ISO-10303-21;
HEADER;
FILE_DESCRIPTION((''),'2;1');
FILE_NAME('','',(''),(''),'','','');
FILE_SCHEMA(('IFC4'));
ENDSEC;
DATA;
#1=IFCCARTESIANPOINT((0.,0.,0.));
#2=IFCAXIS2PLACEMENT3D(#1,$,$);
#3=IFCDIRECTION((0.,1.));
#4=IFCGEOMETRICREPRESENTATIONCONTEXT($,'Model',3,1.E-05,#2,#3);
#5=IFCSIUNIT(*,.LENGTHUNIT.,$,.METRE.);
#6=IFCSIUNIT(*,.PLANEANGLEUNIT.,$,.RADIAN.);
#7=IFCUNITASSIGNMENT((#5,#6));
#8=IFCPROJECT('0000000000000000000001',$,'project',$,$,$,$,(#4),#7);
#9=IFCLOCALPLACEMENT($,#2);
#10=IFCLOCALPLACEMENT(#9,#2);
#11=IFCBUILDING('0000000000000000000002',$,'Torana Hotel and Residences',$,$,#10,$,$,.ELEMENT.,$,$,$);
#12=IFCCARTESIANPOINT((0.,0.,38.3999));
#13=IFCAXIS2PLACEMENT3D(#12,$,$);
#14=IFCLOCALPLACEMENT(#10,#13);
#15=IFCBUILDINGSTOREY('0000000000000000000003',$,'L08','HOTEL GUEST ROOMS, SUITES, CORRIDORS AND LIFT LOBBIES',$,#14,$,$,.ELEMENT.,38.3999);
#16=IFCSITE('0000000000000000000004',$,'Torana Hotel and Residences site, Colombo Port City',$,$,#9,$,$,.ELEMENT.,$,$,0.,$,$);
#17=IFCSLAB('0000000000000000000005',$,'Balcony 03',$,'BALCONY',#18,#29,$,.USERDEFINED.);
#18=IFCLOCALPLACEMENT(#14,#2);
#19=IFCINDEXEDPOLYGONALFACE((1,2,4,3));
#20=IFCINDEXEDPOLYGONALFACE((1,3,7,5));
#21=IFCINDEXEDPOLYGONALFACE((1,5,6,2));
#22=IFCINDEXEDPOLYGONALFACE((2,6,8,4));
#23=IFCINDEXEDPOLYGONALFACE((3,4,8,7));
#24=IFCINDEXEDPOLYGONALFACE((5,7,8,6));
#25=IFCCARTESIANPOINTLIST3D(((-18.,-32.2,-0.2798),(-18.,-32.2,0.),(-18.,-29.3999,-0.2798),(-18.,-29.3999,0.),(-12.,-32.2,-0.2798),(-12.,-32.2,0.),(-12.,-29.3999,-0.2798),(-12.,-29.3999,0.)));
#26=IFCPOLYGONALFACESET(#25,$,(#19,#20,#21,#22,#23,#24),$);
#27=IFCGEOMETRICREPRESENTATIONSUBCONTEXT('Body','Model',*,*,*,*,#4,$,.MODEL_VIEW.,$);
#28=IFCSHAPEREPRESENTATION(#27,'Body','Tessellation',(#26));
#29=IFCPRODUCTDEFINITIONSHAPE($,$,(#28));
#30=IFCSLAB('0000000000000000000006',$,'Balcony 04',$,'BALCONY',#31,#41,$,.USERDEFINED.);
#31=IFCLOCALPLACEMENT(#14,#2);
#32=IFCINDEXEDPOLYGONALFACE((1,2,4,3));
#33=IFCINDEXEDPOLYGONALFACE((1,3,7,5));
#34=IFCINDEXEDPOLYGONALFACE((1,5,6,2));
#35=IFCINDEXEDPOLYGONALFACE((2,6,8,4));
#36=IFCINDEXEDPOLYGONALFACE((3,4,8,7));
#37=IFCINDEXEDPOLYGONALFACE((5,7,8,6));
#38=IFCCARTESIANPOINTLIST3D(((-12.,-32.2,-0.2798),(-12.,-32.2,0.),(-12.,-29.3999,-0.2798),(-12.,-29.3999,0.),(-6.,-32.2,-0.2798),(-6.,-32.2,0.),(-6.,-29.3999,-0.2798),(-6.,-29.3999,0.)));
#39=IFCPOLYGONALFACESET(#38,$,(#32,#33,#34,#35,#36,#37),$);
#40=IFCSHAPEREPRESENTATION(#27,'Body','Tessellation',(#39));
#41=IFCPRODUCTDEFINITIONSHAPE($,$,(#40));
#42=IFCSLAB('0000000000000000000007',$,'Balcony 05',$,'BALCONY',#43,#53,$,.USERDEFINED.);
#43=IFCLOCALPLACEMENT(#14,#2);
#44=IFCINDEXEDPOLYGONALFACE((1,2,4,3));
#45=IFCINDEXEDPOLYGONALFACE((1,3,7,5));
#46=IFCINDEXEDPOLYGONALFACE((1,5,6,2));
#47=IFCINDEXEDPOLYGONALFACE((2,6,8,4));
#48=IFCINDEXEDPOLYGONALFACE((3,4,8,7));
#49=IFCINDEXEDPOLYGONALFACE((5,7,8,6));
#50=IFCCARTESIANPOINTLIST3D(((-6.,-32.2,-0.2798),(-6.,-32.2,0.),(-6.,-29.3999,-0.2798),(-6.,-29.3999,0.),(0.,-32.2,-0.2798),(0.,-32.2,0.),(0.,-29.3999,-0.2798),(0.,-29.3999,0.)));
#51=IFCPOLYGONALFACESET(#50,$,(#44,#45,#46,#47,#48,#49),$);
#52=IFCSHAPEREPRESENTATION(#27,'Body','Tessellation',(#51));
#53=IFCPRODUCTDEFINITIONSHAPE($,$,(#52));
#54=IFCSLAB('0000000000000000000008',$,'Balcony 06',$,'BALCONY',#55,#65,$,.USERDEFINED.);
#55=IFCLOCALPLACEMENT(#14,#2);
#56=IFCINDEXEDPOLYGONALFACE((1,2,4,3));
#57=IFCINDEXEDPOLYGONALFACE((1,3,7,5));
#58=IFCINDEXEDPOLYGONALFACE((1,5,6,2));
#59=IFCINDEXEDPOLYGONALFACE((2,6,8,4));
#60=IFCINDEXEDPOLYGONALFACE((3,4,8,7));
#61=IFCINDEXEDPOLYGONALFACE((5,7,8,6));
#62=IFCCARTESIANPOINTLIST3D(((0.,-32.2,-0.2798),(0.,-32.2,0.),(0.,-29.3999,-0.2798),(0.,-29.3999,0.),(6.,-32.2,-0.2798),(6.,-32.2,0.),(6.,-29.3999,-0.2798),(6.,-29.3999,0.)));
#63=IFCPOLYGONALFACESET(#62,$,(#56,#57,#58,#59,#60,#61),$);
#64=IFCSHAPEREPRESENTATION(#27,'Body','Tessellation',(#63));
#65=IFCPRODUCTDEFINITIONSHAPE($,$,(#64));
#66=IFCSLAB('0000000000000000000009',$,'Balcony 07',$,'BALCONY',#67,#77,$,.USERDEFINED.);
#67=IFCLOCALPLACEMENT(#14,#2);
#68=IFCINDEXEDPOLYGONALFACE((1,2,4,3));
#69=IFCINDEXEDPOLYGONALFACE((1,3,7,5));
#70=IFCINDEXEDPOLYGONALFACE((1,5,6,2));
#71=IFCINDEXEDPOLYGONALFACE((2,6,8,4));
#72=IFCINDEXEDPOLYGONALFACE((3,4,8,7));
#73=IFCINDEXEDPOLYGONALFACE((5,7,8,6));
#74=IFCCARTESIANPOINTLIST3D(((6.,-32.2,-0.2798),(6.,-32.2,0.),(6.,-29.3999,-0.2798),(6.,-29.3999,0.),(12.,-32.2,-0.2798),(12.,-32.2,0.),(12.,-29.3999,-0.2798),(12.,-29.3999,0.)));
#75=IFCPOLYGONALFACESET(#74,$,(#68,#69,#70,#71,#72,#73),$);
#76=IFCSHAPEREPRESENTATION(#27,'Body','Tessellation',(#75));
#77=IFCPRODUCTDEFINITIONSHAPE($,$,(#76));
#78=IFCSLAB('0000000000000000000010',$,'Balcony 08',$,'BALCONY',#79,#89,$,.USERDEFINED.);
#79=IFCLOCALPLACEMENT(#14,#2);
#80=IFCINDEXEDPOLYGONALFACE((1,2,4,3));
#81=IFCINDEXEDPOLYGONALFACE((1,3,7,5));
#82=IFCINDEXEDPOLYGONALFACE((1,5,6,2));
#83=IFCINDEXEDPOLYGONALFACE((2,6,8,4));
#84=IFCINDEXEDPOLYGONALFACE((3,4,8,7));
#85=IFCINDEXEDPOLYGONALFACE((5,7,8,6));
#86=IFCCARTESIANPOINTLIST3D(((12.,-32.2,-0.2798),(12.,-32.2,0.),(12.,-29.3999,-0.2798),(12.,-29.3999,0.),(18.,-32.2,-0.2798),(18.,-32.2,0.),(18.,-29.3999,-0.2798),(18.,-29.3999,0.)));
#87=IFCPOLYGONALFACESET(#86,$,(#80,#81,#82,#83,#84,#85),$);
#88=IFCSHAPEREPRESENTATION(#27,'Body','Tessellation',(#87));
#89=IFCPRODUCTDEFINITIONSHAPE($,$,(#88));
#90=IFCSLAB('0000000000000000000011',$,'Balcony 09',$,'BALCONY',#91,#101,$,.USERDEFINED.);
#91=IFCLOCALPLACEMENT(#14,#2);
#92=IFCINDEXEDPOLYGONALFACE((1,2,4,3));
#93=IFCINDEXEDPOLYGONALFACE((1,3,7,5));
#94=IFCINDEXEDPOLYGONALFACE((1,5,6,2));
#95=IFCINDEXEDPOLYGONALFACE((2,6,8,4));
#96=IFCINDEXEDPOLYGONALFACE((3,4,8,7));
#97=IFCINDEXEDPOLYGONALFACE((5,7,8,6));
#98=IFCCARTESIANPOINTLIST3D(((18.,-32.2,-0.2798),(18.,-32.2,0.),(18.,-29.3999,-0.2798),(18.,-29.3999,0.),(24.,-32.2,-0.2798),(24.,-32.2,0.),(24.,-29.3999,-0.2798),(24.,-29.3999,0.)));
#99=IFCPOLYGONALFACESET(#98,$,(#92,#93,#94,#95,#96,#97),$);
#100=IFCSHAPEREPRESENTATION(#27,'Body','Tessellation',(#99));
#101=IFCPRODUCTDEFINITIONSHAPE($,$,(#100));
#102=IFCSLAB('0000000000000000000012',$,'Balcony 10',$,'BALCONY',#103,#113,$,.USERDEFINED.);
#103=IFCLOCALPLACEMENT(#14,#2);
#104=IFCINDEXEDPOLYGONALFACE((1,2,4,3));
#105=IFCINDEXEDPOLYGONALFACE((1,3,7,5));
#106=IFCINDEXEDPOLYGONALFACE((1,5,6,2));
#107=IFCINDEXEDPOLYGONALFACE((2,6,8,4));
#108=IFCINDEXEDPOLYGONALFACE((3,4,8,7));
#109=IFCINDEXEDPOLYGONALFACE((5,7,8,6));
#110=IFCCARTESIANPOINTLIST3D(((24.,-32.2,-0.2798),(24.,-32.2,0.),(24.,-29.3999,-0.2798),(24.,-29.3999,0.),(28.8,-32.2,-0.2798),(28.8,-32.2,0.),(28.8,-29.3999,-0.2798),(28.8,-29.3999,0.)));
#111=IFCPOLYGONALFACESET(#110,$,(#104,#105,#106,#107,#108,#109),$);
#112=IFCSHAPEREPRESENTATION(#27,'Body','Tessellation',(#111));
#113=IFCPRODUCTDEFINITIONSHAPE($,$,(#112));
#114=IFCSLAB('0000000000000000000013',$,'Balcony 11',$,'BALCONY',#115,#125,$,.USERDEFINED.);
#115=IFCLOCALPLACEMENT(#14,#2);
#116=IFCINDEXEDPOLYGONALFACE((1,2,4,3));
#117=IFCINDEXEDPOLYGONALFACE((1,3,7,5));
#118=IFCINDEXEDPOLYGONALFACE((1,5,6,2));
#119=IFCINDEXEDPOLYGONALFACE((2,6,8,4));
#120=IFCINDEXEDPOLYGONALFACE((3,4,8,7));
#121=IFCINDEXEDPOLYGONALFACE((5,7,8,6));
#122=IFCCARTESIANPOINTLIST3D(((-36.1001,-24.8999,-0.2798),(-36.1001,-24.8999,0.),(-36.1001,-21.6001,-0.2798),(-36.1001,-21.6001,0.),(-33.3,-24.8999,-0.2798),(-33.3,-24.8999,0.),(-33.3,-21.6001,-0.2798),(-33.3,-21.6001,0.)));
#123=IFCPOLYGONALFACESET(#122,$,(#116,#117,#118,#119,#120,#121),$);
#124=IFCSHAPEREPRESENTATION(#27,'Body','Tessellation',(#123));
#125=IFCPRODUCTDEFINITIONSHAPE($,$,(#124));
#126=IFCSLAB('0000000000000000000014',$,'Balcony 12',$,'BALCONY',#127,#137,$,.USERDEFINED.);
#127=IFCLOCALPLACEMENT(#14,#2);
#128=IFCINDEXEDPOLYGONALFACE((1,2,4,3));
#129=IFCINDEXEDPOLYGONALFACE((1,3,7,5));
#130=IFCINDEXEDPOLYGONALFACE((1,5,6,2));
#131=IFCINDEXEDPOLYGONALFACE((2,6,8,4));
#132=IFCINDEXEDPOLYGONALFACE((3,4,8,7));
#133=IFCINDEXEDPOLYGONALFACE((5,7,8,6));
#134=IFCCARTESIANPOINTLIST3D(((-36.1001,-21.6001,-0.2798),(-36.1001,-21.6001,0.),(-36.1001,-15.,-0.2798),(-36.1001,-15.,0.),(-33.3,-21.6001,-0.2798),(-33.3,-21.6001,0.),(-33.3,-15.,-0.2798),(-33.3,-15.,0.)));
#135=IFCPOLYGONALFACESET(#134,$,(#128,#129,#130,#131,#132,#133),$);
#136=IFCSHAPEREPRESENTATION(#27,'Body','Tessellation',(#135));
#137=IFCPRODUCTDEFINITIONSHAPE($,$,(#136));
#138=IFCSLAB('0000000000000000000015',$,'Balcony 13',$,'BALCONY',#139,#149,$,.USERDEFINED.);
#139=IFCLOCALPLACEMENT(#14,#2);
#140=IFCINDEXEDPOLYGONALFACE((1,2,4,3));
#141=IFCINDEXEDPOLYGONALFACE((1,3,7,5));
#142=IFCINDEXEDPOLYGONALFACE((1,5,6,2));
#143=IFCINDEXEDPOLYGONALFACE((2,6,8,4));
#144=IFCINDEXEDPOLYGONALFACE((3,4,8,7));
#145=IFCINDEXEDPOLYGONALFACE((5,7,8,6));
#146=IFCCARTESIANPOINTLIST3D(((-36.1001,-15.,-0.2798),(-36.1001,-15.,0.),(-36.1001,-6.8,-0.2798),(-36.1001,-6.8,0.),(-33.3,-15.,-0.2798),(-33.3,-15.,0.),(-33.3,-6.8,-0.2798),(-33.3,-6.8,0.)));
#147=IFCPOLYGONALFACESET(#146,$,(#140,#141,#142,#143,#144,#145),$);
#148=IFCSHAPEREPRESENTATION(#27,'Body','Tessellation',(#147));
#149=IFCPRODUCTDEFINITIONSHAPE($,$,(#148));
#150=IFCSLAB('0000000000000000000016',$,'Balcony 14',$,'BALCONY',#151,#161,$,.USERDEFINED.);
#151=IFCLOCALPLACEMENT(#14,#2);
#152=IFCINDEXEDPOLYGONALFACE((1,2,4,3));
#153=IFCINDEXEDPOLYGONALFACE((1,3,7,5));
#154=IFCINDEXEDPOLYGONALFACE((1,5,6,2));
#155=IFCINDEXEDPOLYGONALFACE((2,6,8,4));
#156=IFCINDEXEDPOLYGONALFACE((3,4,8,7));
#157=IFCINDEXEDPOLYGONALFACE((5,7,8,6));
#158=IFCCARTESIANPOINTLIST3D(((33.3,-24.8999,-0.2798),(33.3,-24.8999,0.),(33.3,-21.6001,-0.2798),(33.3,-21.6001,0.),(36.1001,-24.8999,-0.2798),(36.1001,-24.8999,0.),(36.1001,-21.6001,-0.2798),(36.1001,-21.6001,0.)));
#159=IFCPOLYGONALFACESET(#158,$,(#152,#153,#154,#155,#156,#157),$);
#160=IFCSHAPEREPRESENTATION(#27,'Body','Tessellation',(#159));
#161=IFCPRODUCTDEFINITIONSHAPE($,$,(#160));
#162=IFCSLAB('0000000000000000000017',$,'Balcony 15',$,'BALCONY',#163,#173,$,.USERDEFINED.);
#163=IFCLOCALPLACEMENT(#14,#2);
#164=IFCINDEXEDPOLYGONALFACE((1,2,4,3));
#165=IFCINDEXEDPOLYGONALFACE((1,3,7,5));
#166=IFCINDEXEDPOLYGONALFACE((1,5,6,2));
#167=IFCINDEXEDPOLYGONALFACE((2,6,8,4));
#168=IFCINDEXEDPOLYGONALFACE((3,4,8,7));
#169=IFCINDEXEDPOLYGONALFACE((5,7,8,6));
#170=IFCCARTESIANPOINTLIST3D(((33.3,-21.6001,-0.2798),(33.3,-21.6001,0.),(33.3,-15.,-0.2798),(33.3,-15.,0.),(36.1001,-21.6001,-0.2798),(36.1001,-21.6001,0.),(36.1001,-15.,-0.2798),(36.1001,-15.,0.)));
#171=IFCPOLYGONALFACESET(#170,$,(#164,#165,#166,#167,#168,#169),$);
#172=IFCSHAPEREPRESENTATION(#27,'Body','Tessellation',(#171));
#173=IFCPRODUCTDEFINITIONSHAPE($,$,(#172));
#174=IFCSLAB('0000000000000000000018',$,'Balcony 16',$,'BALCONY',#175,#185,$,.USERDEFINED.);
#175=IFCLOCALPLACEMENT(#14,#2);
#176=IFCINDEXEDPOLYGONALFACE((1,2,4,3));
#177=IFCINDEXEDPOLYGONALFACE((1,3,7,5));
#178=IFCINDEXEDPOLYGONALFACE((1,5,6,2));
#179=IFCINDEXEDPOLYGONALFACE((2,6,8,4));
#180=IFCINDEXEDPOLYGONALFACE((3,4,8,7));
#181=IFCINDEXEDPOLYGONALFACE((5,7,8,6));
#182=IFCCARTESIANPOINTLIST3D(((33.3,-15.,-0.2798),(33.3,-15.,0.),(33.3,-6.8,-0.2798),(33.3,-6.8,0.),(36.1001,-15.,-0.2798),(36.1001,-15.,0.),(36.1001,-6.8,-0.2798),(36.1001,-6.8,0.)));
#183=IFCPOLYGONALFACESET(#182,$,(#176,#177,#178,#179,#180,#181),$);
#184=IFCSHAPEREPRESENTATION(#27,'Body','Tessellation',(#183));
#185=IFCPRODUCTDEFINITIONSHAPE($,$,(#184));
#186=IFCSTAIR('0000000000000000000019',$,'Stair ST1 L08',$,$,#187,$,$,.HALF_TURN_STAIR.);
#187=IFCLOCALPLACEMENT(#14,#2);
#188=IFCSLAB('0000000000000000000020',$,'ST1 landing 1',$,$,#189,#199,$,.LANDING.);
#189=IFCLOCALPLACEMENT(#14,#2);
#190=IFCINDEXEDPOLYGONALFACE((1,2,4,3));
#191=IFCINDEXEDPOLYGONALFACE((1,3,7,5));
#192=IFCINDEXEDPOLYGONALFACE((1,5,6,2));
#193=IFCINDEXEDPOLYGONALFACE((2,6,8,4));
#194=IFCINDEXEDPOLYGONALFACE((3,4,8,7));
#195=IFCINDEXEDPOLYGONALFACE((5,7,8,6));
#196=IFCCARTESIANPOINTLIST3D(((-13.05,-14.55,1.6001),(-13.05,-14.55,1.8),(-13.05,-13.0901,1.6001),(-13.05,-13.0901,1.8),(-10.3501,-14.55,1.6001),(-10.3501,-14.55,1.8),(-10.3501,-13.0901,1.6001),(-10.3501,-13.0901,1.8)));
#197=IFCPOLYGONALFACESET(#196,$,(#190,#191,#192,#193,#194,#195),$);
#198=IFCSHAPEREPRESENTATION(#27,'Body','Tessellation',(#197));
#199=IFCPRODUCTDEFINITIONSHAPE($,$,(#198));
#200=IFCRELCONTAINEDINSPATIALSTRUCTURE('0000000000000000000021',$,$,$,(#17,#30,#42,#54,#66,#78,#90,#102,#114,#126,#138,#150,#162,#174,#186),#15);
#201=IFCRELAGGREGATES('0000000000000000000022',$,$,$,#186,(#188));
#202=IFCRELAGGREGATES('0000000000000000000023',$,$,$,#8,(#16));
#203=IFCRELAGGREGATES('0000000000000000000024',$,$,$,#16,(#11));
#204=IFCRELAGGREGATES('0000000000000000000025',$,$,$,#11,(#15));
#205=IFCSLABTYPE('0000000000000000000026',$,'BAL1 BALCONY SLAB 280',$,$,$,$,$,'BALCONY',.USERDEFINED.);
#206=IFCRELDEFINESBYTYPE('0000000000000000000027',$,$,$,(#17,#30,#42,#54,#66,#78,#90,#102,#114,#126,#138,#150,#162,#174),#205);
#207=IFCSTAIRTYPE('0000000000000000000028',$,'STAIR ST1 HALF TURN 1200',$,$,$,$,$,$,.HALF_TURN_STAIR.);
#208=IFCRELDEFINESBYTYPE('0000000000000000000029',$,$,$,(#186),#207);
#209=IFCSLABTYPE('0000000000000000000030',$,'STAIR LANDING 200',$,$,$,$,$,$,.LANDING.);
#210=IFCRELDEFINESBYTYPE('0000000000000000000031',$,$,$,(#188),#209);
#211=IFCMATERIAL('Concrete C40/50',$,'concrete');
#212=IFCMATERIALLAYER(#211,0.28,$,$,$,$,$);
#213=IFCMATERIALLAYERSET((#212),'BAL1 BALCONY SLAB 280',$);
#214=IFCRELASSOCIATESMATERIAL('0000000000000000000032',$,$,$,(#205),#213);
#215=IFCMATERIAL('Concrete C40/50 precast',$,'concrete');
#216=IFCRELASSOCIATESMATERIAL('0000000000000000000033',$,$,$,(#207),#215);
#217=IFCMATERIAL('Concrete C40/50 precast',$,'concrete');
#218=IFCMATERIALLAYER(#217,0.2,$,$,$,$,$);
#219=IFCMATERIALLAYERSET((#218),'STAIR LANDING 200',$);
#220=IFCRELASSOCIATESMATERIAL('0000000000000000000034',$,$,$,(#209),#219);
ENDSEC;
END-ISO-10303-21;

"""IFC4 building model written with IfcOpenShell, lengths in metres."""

from ifc_helpers import new_model, si_unit, direction, frame, origin, place, context, subcontext, project, spatial, polyline, outline, extrude, material, layer, layer_set, type_object, element, aggregate, save


model = new_model("IFC4")

# Units and contexts
model_context = context("Model", 3, precision=1e-05, world=origin(), true_north=direction((0.0, 1.0)))
body_context = subcontext(model_context, "Body", "Model", "MODEL_VIEW")
ifc_project = project(units=[si_unit("LENGTHUNIT", "METRE"), si_unit("PLANEANGLEUNIT", "RADIAN")], contexts=[model_context])

# Site, building, storey
site_placement = place(None, origin())
site = spatial("IfcSite", under=ifc_project, at=site_placement, Name="Torana Hotel and Residences site, Colombo Port City", CompositionType="ELEMENT", RefElevation=0.0)
building_placement = place(site_placement, origin())
building = spatial("IfcBuilding", under=site, at=building_placement, Name="Torana Hotel and Residences", CompositionType="ELEMENT")
storey_placement = place(building_placement, frame((0.0, 0.0, 38.3999)))
storey = spatial("IfcBuildingStorey", under=building, at=storey_placement, Name="L08", Description="HOTEL GUEST ROOMS, SUITES, CORRIDORS AND LIFT LOBBIES", CompositionType="ELEMENT", Elevation=38.3999)

# Slabs
ifc_material_1 = material(Name="Concrete C40/50", Category="concrete")
ifc_layer_1 = layer(ifc_material_1, 0.28)
ifc_layer_set_1 = layer_set([ifc_layer_1], Name="BAL1 BALCONY SLAB 280")
slab_type_1 = type_object("IfcSlabType", Name="BAL1 BALCONY SLAB 280", ElementType="BALCONY", PredefinedType="USERDEFINED", material=ifc_layer_set_1)
slab_1_placement = place(storey_placement, frame((0.0, 0.0, -0.2798)))
element("IfcSlab", 1, at=slab_1_placement, inside=storey, type_object=slab_type_1, Name="Balcony 03", ObjectType="BALCONY", PredefinedType="USERDEFINED", context=body_context, shape_type="SweptSolid", body=[
    extrude(outline(polyline([(-18.0, -32.2), (-12.0, -32.2), (-12.0, -29.3999), (-18.0, -29.3999), (-18.0, -32.2)])), origin(), (0.0, 0.0, 1.0), 0.2798),
])
slab_2_placement = place(storey_placement, frame((0.0, 0.0, -0.2798)))
element("IfcSlab", 2, at=slab_2_placement, inside=storey, type_object=slab_type_1, Name="Balcony 04", ObjectType="BALCONY", PredefinedType="USERDEFINED", context=body_context, shape_type="SweptSolid", body=[
    extrude(outline(polyline([(-12.0, -32.2), (-6.0, -32.2), (-6.0, -29.3999), (-12.0, -29.3999), (-12.0, -32.2)])), origin(), (0.0, 0.0, 1.0), 0.2798),
])
slab_3_placement = place(storey_placement, frame((0.0, 0.0, -0.2798)))
element("IfcSlab", 3, at=slab_3_placement, inside=storey, type_object=slab_type_1, Name="Balcony 05", ObjectType="BALCONY", PredefinedType="USERDEFINED", context=body_context, shape_type="SweptSolid", body=[
    extrude(outline(polyline([(-6.0, -32.2), (0.0, -32.2), (0.0, -29.3999), (-6.0, -29.3999), (-6.0, -32.2)])), origin(), (0.0, 0.0, 1.0), 0.2798),
])
slab_4_placement = place(storey_placement, frame((0.0, 0.0, -0.2798)))
element("IfcSlab", 4, at=slab_4_placement, inside=storey, type_object=slab_type_1, Name="Balcony 06", ObjectType="BALCONY", PredefinedType="USERDEFINED", context=body_context, shape_type="SweptSolid", body=[
    extrude(outline(polyline([(0.0, -32.2), (6.0, -32.2), (6.0, -29.3999), (0.0, -29.3999), (0.0, -32.2)])), origin(), (0.0, 0.0, 1.0), 0.2798),
])
slab_5_placement = place(storey_placement, frame((0.0, 0.0, -0.2798)))
element("IfcSlab", 5, at=slab_5_placement, inside=storey, type_object=slab_type_1, Name="Balcony 07", ObjectType="BALCONY", PredefinedType="USERDEFINED", context=body_context, shape_type="SweptSolid", body=[
    extrude(outline(polyline([(6.0, -32.2), (12.0, -32.2), (12.0, -29.3999), (6.0, -29.3999), (6.0, -32.2)])), origin(), (0.0, 0.0, 1.0), 0.2798),
])
slab_6_placement = place(storey_placement, frame((0.0, 0.0, -0.2798)))
element("IfcSlab", 6, at=slab_6_placement, inside=storey, type_object=slab_type_1, Name="Balcony 08", ObjectType="BALCONY", PredefinedType="USERDEFINED", context=body_context, shape_type="SweptSolid", body=[
    extrude(outline(polyline([(12.0, -32.2), (18.0, -32.2), (18.0, -29.3999), (12.0, -29.3999), (12.0, -32.2)])), origin(), (0.0, 0.0, 1.0), 0.2798),
])
slab_7_placement = place(storey_placement, frame((0.0, 0.0, -0.2798)))
element("IfcSlab", 7, at=slab_7_placement, inside=storey, type_object=slab_type_1, Name="Balcony 09", ObjectType="BALCONY", PredefinedType="USERDEFINED", context=body_context, shape_type="SweptSolid", body=[
    extrude(outline(polyline([(18.0, -32.2), (24.0, -32.2), (24.0, -29.3999), (18.0, -29.3999), (18.0, -32.2)])), origin(), (0.0, 0.0, 1.0), 0.2798),
])
slab_8_placement = place(storey_placement, frame((0.0, 0.0, -0.2798)))
element("IfcSlab", 8, at=slab_8_placement, inside=storey, type_object=slab_type_1, Name="Balcony 10", ObjectType="BALCONY", PredefinedType="USERDEFINED", context=body_context, shape_type="SweptSolid", body=[
    extrude(outline(polyline([(24.0, -32.2), (28.8, -32.2), (28.8, -29.3999), (24.0, -29.3999), (24.0, -32.2)])), origin(), (0.0, 0.0, 1.0), 0.2798),
])
slab_9_placement = place(storey_placement, frame((0.0, 0.0, -0.2798)))
element("IfcSlab", 9, at=slab_9_placement, inside=storey, type_object=slab_type_1, Name="Balcony 11", ObjectType="BALCONY", PredefinedType="USERDEFINED", context=body_context, shape_type="SweptSolid", body=[
    extrude(outline(polyline([(-36.1001, -24.8999), (-33.3, -24.8999), (-33.3, -21.6001), (-36.1001, -21.6001), (-36.1001, -24.8999)])), origin(), (0.0, 0.0, 1.0), 0.2798),
])
slab_10_placement = place(storey_placement, frame((0.0, 0.0, -0.2798)))
element("IfcSlab", 10, at=slab_10_placement, inside=storey, type_object=slab_type_1, Name="Balcony 12", ObjectType="BALCONY", PredefinedType="USERDEFINED", context=body_context, shape_type="SweptSolid", body=[
    extrude(outline(polyline([(-36.1001, -21.6001), (-33.3, -21.6001), (-33.3, -15.0), (-36.1001, -15.0), (-36.1001, -21.6001)])), origin(), (0.0, 0.0, 1.0), 0.2798),
])
slab_11_placement = place(storey_placement, frame((0.0, 0.0, -0.2798)))
element("IfcSlab", 11, at=slab_11_placement, inside=storey, type_object=slab_type_1, Name="Balcony 13", ObjectType="BALCONY", PredefinedType="USERDEFINED", context=body_context, shape_type="SweptSolid", body=[
    extrude(outline(polyline([(-36.1001, -15.0), (-33.3, -15.0), (-33.3, -6.8), (-36.1001, -6.8), (-36.1001, -15.0)])), origin(), (0.0, 0.0, 1.0), 0.2798),
])
slab_12_placement = place(storey_placement, frame((0.0, 0.0, -0.2798)))
element("IfcSlab", 12, at=slab_12_placement, inside=storey, type_object=slab_type_1, Name="Balcony 14", ObjectType="BALCONY", PredefinedType="USERDEFINED", context=body_context, shape_type="SweptSolid", body=[
    extrude(outline(polyline([(33.3, -24.8999), (36.1001, -24.8999), (36.1001, -21.6001), (33.3, -21.6001), (33.3, -24.8999)])), origin(), (0.0, 0.0, 1.0), 0.2798),
])
slab_13_placement = place(storey_placement, frame((0.0, 0.0, -0.2798)))
element("IfcSlab", 13, at=slab_13_placement, inside=storey, type_object=slab_type_1, Name="Balcony 15", ObjectType="BALCONY", PredefinedType="USERDEFINED", context=body_context, shape_type="SweptSolid", body=[
    extrude(outline(polyline([(33.3, -21.6001), (36.1001, -21.6001), (36.1001, -15.0), (33.3, -15.0), (33.3, -21.6001)])), origin(), (0.0, 0.0, 1.0), 0.2798),
])
slab_14_placement = place(storey_placement, frame((0.0, 0.0, -0.2798)))
element("IfcSlab", 14, at=slab_14_placement, inside=storey, type_object=slab_type_1, Name="Balcony 16", ObjectType="BALCONY", PredefinedType="USERDEFINED", context=body_context, shape_type="SweptSolid", body=[
    extrude(outline(polyline([(33.3, -15.0), (36.1001, -15.0), (36.1001, -6.8), (33.3, -6.8), (33.3, -15.0)])), origin(), (0.0, 0.0, 1.0), 0.2798),
])

# Stair, slab
ifc_material_2 = material(Name="Concrete C40/50 precast", Category="concrete")
stair_type_1 = type_object("IfcStairType", Name="STAIR ST1 HALF TURN 1200", PredefinedType="HALF_TURN_STAIR", material=ifc_material_2)
stair_1_placement = place(storey_placement, origin())
stair_1 = element("IfcStair", 15, at=stair_1_placement, inside=storey, type_object=stair_type_1, Name="Stair ST1 L08", PredefinedType="HALF_TURN_STAIR")
ifc_material_3 = material(Name="Concrete C40/50 precast", Category="concrete")
ifc_layer_2 = layer(ifc_material_3, 0.2)
ifc_layer_set_2 = layer_set([ifc_layer_2], Name="STAIR LANDING 200")
slab_type_2 = type_object("IfcSlabType", Name="STAIR LANDING 200", PredefinedType="LANDING", material=ifc_layer_set_2)
slab_15_placement = place(storey_placement, frame((0.0, 0.0, 1.6001)))
slab_15 = element("IfcSlab", 16, at=slab_15_placement, type_object=slab_type_2, Name="ST1 landing 1", PredefinedType="LANDING", context=body_context, shape_type="SweptSolid", body=[
    extrude(outline(polyline([(-13.05, -14.55), (-10.3501, -14.55), (-10.3501, -13.0901), (-13.05, -13.0901), (-13.05, -14.55)])), origin(), (0.0, 0.0, 1.0), 0.2),
])
aggregate(stair_1, [slab_15])

save(model, "model.ifc")
